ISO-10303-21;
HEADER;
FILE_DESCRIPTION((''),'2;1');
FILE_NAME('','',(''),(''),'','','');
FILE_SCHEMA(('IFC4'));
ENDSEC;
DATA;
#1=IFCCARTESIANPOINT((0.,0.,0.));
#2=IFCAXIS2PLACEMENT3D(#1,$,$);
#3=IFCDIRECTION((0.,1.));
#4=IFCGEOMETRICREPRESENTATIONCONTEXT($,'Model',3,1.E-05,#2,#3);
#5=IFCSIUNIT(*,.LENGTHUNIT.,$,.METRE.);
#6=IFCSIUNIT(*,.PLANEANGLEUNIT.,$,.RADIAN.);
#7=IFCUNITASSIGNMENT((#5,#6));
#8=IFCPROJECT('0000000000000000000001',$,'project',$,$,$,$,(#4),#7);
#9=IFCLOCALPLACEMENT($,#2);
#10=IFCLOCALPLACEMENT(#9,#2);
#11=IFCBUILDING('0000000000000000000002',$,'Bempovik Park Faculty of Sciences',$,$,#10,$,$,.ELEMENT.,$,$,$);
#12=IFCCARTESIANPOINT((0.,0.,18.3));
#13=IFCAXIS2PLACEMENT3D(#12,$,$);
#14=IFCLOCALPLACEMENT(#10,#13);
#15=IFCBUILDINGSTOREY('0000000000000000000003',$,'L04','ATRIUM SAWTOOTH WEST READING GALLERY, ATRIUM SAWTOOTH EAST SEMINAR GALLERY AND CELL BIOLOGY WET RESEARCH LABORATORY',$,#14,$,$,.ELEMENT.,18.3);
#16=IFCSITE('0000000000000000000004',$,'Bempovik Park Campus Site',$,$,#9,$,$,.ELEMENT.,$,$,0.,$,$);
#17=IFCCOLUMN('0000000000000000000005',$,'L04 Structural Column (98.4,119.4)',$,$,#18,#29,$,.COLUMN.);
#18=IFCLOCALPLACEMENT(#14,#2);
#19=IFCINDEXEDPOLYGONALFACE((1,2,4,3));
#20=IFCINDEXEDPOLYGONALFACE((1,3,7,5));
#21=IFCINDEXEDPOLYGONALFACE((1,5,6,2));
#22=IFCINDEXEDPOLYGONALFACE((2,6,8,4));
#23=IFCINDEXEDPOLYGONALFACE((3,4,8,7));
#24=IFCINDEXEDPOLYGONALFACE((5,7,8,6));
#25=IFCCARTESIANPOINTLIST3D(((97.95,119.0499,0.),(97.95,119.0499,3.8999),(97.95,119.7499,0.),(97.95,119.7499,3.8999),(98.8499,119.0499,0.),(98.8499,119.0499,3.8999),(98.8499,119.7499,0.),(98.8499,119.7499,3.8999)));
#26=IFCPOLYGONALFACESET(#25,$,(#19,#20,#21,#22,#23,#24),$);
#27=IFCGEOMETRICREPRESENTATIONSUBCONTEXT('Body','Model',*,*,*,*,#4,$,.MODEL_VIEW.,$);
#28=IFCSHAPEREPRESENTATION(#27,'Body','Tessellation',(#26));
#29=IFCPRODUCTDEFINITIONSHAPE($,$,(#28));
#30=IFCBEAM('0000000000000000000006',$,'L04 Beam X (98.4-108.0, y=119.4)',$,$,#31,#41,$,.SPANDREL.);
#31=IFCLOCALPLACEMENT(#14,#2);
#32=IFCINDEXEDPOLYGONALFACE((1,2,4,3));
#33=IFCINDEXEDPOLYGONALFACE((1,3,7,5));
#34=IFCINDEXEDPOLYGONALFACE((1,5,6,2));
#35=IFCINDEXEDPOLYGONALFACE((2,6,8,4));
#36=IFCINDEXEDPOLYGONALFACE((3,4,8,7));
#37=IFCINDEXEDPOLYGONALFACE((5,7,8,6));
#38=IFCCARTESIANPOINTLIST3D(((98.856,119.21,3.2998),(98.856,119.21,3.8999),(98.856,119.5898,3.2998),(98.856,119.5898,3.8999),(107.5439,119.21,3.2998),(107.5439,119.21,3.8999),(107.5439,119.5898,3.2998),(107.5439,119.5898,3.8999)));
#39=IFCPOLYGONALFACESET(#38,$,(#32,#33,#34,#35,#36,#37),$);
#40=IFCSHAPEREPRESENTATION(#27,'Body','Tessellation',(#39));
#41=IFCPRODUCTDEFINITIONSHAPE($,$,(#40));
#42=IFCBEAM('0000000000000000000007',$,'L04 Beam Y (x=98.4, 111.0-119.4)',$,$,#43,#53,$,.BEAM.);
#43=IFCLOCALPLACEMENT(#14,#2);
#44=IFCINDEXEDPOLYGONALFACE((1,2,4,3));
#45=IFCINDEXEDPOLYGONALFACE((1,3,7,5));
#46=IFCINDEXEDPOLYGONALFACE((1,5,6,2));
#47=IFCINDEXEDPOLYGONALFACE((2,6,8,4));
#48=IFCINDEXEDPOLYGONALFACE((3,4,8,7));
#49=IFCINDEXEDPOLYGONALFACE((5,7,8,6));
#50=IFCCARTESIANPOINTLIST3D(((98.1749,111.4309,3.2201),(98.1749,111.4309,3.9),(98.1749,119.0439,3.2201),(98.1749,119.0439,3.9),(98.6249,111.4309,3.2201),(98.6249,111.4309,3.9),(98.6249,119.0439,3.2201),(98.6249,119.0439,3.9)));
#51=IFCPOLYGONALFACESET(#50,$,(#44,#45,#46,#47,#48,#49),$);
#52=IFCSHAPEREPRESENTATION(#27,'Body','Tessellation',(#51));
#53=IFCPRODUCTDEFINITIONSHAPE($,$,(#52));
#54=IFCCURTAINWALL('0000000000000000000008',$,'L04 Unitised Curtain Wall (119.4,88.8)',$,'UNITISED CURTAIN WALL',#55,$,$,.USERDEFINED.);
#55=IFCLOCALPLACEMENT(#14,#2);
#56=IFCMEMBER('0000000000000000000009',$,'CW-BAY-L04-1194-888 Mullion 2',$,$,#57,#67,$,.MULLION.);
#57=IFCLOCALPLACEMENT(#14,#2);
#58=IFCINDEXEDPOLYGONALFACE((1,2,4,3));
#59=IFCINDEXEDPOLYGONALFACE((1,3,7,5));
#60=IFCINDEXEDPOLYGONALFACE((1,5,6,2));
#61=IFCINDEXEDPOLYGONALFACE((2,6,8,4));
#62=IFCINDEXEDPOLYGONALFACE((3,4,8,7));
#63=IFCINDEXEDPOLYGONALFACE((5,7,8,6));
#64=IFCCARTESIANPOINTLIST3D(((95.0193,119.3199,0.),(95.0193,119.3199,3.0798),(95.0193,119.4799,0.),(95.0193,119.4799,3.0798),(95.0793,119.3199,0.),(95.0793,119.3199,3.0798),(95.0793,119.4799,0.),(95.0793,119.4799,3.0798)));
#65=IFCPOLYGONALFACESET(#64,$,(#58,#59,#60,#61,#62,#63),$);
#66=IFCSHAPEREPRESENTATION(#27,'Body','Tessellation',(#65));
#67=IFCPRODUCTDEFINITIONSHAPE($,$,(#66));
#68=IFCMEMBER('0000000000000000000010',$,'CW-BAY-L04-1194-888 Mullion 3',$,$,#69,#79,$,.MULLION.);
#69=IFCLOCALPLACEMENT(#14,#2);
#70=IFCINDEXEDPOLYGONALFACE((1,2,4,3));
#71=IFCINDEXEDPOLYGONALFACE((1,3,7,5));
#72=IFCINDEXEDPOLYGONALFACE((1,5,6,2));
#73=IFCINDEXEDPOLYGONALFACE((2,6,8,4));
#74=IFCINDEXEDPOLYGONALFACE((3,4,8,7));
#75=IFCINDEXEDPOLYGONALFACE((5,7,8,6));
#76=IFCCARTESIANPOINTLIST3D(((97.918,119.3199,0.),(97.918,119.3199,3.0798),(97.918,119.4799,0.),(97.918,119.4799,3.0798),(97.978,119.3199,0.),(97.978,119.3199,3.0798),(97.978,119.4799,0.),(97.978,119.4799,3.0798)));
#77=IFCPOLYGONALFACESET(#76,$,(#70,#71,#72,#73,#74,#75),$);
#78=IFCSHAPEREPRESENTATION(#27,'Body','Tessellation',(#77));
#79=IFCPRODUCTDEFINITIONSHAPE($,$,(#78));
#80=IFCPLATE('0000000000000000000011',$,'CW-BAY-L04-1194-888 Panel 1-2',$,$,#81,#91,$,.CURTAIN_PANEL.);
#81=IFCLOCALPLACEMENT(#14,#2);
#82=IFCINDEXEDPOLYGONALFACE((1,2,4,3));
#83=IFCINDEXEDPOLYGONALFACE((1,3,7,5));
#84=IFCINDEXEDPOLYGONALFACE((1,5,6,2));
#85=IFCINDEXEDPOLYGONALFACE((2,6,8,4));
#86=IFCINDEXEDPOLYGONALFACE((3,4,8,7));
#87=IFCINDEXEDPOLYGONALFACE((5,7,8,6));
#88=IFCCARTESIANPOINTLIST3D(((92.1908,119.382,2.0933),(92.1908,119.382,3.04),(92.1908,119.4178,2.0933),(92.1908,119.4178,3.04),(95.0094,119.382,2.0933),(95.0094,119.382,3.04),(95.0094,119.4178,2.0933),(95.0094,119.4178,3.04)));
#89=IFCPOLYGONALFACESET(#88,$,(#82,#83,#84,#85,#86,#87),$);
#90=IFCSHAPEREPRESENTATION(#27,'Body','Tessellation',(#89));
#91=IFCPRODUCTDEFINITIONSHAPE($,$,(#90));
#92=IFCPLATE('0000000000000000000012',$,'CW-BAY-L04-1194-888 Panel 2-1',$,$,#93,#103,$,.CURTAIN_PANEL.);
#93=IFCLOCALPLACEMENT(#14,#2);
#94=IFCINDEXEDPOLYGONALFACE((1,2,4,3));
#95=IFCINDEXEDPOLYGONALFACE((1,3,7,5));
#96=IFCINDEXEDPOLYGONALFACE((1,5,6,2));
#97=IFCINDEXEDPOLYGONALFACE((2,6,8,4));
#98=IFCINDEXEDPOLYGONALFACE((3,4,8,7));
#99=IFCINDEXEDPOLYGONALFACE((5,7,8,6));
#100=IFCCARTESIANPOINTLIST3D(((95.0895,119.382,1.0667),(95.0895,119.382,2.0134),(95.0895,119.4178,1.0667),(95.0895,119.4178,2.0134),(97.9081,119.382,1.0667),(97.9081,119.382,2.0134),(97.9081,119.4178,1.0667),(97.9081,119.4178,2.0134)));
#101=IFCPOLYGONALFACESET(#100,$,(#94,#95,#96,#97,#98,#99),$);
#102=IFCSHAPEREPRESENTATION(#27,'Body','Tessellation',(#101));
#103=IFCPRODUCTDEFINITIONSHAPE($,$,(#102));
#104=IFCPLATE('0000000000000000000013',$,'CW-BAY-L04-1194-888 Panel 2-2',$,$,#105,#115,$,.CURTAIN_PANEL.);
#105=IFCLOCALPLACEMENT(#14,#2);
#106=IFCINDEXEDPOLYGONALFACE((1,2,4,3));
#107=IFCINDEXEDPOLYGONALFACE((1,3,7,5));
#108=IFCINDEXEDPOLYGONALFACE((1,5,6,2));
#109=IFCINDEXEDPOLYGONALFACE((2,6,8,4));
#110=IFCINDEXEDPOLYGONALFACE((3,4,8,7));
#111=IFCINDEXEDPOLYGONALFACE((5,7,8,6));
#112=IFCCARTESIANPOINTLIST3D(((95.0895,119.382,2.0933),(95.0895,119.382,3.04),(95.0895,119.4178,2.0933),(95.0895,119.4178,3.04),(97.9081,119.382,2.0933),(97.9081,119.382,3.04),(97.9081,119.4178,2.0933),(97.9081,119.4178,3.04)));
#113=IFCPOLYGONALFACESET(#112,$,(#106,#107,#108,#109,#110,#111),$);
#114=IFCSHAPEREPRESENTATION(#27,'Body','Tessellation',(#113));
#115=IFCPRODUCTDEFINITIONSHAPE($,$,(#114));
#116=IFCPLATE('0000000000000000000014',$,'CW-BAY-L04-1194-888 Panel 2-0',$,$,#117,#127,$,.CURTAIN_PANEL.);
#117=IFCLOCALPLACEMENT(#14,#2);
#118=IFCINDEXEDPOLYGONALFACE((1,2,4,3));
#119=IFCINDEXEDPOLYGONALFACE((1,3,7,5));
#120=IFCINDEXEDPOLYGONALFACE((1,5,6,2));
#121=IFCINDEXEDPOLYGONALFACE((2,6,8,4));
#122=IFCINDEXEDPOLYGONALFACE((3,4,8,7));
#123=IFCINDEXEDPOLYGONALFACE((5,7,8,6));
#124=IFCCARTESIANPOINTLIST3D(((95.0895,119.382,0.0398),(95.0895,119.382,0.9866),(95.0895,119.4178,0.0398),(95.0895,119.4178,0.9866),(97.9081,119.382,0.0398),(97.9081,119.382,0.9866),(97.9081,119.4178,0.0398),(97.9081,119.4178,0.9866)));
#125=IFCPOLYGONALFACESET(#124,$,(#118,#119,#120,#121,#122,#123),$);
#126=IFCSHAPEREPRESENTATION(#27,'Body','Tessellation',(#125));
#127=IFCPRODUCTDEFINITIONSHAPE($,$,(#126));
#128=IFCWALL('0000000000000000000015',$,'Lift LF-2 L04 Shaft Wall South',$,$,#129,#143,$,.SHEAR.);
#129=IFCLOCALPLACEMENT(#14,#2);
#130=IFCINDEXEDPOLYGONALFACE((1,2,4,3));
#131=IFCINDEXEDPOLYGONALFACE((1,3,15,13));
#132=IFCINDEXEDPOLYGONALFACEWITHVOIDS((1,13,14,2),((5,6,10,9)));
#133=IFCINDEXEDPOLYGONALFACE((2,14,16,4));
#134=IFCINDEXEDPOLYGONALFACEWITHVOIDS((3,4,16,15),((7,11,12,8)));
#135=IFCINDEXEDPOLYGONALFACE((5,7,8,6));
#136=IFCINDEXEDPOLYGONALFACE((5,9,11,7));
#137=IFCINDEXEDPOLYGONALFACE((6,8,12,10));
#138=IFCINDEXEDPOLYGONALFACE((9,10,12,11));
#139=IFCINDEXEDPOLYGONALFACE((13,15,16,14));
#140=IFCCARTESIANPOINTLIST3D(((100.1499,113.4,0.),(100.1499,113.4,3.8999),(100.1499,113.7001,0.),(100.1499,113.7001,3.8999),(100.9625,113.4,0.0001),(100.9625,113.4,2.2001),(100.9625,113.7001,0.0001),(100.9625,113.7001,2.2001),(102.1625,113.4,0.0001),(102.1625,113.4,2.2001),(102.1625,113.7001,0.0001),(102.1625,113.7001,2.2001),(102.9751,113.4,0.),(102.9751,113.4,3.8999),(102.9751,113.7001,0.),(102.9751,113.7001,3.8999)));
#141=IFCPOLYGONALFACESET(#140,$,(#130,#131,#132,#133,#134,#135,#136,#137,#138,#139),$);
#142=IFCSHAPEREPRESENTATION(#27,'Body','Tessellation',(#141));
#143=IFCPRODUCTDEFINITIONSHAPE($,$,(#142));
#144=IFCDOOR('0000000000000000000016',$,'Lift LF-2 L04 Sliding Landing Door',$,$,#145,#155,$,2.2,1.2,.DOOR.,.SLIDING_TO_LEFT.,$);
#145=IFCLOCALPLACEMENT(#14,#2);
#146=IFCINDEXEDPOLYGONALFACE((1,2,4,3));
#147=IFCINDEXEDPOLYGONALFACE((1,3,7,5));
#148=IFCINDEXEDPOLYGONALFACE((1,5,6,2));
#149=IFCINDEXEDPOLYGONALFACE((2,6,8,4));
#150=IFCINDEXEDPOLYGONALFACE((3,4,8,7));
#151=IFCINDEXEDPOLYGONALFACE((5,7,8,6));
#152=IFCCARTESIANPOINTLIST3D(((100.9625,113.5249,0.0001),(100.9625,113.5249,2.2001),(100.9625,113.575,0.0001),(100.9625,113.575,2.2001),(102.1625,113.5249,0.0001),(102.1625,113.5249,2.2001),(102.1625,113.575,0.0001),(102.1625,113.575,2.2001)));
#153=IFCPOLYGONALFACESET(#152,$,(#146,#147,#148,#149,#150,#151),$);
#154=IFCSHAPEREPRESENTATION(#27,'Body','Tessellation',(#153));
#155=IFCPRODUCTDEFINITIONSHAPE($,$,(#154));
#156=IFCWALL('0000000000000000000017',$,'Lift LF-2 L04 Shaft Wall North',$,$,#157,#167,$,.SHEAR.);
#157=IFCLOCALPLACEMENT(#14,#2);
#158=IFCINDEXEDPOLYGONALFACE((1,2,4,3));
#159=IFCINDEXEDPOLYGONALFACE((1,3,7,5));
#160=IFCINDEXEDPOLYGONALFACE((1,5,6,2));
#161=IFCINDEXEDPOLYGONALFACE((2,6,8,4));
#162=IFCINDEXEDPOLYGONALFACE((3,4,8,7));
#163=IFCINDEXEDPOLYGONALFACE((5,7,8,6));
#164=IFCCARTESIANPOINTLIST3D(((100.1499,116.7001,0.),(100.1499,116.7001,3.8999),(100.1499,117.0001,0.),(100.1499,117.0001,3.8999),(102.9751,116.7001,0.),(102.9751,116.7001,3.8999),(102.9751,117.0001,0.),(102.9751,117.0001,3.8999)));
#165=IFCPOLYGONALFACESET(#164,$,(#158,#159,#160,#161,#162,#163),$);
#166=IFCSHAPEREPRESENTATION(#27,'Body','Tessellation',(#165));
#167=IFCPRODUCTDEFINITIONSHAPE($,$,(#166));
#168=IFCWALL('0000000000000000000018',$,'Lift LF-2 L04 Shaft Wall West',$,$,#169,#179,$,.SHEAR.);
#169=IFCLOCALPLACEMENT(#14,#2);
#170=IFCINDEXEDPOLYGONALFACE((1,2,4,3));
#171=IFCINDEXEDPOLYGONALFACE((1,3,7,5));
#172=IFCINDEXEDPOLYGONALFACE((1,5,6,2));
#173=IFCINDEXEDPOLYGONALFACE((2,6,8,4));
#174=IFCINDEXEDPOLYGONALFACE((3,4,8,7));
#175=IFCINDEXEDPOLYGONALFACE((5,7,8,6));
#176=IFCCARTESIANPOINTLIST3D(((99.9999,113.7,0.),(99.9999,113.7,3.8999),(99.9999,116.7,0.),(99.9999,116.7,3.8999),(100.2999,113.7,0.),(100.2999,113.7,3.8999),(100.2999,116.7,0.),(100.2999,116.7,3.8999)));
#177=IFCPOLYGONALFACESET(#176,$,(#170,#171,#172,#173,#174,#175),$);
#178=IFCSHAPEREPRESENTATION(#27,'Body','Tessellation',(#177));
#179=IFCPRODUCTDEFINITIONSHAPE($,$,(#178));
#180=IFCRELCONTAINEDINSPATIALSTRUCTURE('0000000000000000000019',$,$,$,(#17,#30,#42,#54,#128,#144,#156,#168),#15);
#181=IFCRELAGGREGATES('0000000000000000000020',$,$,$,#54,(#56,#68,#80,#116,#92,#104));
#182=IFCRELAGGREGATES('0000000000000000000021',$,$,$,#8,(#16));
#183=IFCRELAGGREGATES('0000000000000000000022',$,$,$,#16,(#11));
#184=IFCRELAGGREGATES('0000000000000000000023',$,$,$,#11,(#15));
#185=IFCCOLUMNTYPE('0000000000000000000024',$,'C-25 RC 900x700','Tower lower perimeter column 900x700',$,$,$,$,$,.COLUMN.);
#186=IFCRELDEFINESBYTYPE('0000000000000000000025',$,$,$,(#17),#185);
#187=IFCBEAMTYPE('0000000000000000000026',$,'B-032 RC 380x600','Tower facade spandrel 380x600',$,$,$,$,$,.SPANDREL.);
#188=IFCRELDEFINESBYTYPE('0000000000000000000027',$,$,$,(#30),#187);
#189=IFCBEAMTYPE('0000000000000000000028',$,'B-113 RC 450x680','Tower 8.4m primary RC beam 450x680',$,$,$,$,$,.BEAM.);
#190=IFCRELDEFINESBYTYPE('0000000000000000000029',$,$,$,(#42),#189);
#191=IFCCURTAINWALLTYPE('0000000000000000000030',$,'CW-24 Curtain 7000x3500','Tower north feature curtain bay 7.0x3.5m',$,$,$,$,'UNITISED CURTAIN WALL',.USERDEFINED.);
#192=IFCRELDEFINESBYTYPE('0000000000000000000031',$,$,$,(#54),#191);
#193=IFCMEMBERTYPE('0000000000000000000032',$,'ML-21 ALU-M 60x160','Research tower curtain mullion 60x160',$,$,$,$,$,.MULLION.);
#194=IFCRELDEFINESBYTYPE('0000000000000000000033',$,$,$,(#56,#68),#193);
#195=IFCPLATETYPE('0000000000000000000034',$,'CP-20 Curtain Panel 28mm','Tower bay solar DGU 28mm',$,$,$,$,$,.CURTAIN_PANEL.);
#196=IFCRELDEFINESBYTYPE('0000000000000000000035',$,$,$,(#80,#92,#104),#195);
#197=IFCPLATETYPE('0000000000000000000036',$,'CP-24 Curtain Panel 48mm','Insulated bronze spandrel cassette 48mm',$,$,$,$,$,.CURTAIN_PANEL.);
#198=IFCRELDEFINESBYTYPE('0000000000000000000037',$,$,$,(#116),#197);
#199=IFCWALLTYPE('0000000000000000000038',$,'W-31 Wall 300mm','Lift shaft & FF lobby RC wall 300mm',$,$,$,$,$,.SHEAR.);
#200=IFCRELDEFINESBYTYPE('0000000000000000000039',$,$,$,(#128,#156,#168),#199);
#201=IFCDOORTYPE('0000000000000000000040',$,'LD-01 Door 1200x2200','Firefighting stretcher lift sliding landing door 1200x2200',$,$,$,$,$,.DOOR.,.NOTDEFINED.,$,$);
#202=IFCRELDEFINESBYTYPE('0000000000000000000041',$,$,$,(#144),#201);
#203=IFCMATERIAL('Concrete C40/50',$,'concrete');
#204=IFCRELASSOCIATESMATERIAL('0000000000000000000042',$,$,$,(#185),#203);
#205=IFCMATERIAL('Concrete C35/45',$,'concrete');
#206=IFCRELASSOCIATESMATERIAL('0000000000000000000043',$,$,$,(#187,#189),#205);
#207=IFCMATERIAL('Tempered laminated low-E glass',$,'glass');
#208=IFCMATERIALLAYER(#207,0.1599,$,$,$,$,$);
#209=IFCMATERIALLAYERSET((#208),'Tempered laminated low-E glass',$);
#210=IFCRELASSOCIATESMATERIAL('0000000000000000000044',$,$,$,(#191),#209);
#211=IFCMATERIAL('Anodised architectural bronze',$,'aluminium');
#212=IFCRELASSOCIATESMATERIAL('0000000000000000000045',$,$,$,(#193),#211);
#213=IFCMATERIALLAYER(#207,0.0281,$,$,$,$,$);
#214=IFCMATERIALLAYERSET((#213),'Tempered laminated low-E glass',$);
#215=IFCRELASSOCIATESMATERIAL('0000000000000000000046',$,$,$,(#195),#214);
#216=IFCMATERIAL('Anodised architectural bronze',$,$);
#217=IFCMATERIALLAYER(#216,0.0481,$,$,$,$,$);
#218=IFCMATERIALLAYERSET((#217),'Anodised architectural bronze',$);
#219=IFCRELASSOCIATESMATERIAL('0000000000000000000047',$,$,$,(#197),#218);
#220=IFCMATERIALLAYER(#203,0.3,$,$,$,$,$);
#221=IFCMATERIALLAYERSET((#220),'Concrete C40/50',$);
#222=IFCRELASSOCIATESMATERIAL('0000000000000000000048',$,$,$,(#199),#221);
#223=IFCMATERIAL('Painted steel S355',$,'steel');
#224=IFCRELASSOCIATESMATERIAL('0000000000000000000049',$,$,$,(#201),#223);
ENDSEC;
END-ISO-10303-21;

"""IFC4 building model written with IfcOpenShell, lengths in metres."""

from ifc_helpers import new_model, si_unit, direction, frame, frame_2d, origin, origin_2d, place, context, subcontext, project, spatial, rectangle, extrude, material, layer, layer_set, material_profile, profile_set, type_object, element, fill, aggregate, save


model = new_model("IFC4")

# Units and contexts
model_context = context("Model", 3, precision=1e-05, world=origin(), true_north=direction((0.0, 1.0)))
body_context = subcontext(model_context, "Body", "Model", "MODEL_VIEW")
ifc_project = project(units=[si_unit("LENGTHUNIT", "METRE"), si_unit("PLANEANGLEUNIT", "RADIAN")], contexts=[model_context])

# Site, building, storey
site_placement = place(None, origin())
site = spatial("IfcSite", under=ifc_project, at=site_placement, Name="Bempovik Park Campus Site", CompositionType="ELEMENT", RefElevation=0.0)
building_placement = place(site_placement, origin())
building = spatial("IfcBuilding", under=site, at=building_placement, Name="Bempovik Park Faculty of Sciences", CompositionType="ELEMENT")
storey_placement = place(building_placement, frame((0.0, 0.0, 18.3)))
storey = spatial("IfcBuildingStorey", under=building, at=storey_placement, Name="L04", Description="ATRIUM SAWTOOTH WEST READING GALLERY, ATRIUM SAWTOOTH EAST SEMINAR GALLERY AND CELL BIOLOGY WET RESEARCH LABORATORY", CompositionType="ELEMENT", Elevation=18.3)

# Column
ifc_material_1 = material(Name="Concrete C40/50", Category="concrete")
ifc_material_profile_1 = material_profile(ifc_material_1, rectangle(XDim=0.8999, YDim=0.7, at=origin_2d()), Name="RC 900x700")
ifc_profile_set_1 = profile_set([ifc_material_profile_1], Name="Concrete C40/50")
column_type = type_object("IfcColumnType", Name="C-25 RC 900x700", Description="Tower lower perimeter column 900x700", PredefinedType="COLUMN", material=ifc_profile_set_1)
column_placement = place(storey_placement, frame((98.3999, 119.3999, 0.0), z_axis=(0.0, 0.0, 1.0), x_axis=(1.0, 0.0, 0.0)))
element("IfcColumn", 1, at=column_placement, inside=storey, type_object=column_type, Name="L04 Structural Column (98.4,119.4)", PredefinedType="COLUMN", context=body_context, shape_type="SweptSolid", body=[
    extrude(rectangle(XDim=0.8999, YDim=0.7, at=origin_2d()), origin(), (0.0, 0.0, 1.0), 3.8999),
])

# Beams
ifc_material_2 = material(Name="Concrete C35/45", Category="concrete")
ifc_material_profile_2 = material_profile(ifc_material_2, rectangle(XDim=0.3799, YDim=0.6001, at=origin_2d()), Name="RC 380x600")
ifc_profile_set_2 = profile_set([ifc_material_profile_2], Name="Concrete C35/45")
beam_type_1 = type_object("IfcBeamType", Name="B-032 RC 380x600", Description="Tower facade spandrel 380x600", PredefinedType="SPANDREL", material=ifc_profile_set_2)
beam_1_placement = place(storey_placement, frame((98.856, 119.3999, 3.5999), z_axis=(1.0, 0.0, 0.0), x_axis=(0.0, 1.0, 0.0)))
element("IfcBeam", 2, at=beam_1_placement, inside=storey, type_object=beam_type_1, Name="L04 Beam X (98.4-108.0, y=119.4)", PredefinedType="SPANDREL", context=body_context, shape_type="SweptSolid", body=[
    extrude(rectangle(XDim=0.3799, YDim=0.6001, at=origin_2d()), origin(), (0.0, 0.0, 1.0), 8.688),
])
ifc_material_profile_3 = material_profile(ifc_material_2, rectangle(XDim=0.45, YDim=0.6799, at=origin_2d()), Name="RC 450x680")
ifc_profile_set_3 = profile_set([ifc_material_profile_3], Name="Concrete C35/45")
beam_type_2 = type_object("IfcBeamType", Name="B-113 RC 450x680", Description="Tower 8.4m primary RC beam 450x680", PredefinedType="BEAM", material=ifc_profile_set_3)
beam_2_placement = place(storey_placement, frame((98.3999, 111.4309, 3.5601), z_axis=(0.0, 1.0, 0.0), x_axis=(-1.0, 0.0, 0.0)))
element("IfcBeam", 3, at=beam_2_placement, inside=storey, type_object=beam_type_2, Name="L04 Beam Y (x=98.4, 111.0-119.4)", PredefinedType="BEAM", context=body_context, shape_type="SweptSolid", body=[
    extrude(rectangle(XDim=0.45, YDim=0.6799, at=origin_2d()), origin(), (0.0, 0.0, 1.0), 7.613),
])

# Curtain wall, members, plates
ifc_material_3 = material(Name="Tempered laminated low-E glass", Category="glass")
ifc_layer_1 = layer(ifc_material_3, 0.1599)
ifc_layer_set_1 = layer_set([ifc_layer_1], Name="Tempered laminated low-E glass")
curtain_wall_type = type_object("IfcCurtainWallType", Name="CW-24 Curtain 7000x3500", Description="Tower north feature curtain bay 7.0x3.5m", ElementType="UNITISED CURTAIN WALL", PredefinedType="USERDEFINED", material=ifc_layer_set_1)
curtain_wall_placement = place(storey_placement, origin())
curtain_wall = element("IfcCurtainWall", 4, at=curtain_wall_placement, inside=storey, type_object=curtain_wall_type, Name="L04 Unitised Curtain Wall (119.4,88.8)", ObjectType="UNITISED CURTAIN WALL", PredefinedType="USERDEFINED")
ifc_material_4 = material(Name="Anodised architectural bronze", Category="aluminium")
ifc_material_profile_4 = material_profile(ifc_material_4, rectangle(XDim=0.0601, YDim=0.1599, at=origin_2d()), Name="ALU-M 60x160")
ifc_profile_set_4 = profile_set([ifc_material_profile_4], Name="Anodised architectural bronze")
member_type = type_object("IfcMemberType", Name="ML-21 ALU-M 60x160", Description="Research tower curtain mullion 60x160", PredefinedType="MULLION", material=ifc_profile_set_4)
member_1_placement = place(storey_placement, frame((95.0493, 119.3999, 0.0), z_axis=(0.0, 0.0, 1.0), x_axis=(1.0, 0.0, 0.0)))
member_1 = element("IfcMember", 5, at=member_1_placement, type_object=member_type, Name="CW-BAY-L04-1194-888 Mullion 2", PredefinedType="MULLION", context=body_context, shape_type="SweptSolid", body=[
    extrude(rectangle(XDim=0.0601, YDim=0.1599, at=origin_2d()), origin(), (0.0, 0.0, 1.0), 3.0798),
])
member_2_placement = place(storey_placement, frame((97.948, 119.3999, 0.0), z_axis=(0.0, 0.0, 1.0), x_axis=(1.0, 0.0, 0.0)))
member_2 = element("IfcMember", 6, at=member_2_placement, type_object=member_type, Name="CW-BAY-L04-1194-888 Mullion 3", PredefinedType="MULLION", context=body_context, shape_type="SweptSolid", body=[
    extrude(rectangle(XDim=0.0601, YDim=0.1599, at=origin_2d()), origin(), (0.0, 0.0, 1.0), 3.0798),
])
ifc_layer_2 = layer(ifc_material_3, 0.0281)
ifc_layer_set_2 = layer_set([ifc_layer_2], Name="Tempered laminated low-E glass")
plate_type_1 = type_object("IfcPlateType", Name="CP-20 Curtain Panel 28mm", Description="Tower bay solar DGU 28mm", PredefinedType="CURTAIN_PANEL", material=ifc_layer_set_2)
plate_1_placement = place(storey_placement, frame((93.6001, 119.3999, 2.0933), z_axis=(0.0, 0.0, 1.0), x_axis=(1.0, 0.0, 0.0)))
plate_1 = element("IfcPlate", 7, at=plate_1_placement, type_object=plate_type_1, Name="CW-BAY-L04-1194-888 Panel 1-2", PredefinedType="CURTAIN_PANEL", context=body_context, shape_type="SweptSolid", body=[
    extrude(rectangle(XDim=2.8186, YDim=0.0359, at=origin_2d()), origin(), (0.0, 0.0, 1.0), 0.9468),
])
plate_2_placement = place(storey_placement, frame((96.4988, 119.3999, 1.0667), z_axis=(0.0, 0.0, 1.0), x_axis=(1.0, 0.0, 0.0)))
plate_2 = element("IfcPlate", 8, at=plate_2_placement, type_object=plate_type_1, Name="CW-BAY-L04-1194-888 Panel 2-1", PredefinedType="CURTAIN_PANEL", context=body_context, shape_type="SweptSolid", body=[
    extrude(rectangle(XDim=2.8186, YDim=0.0359, at=origin_2d()), origin(), (0.0, 0.0, 1.0), 0.9468),
])
plate_3_placement = place(storey_placement, frame((96.4988, 119.3999, 2.0933), z_axis=(0.0, 0.0, 1.0), x_axis=(1.0, 0.0, 0.0)))
plate_3 = element("IfcPlate", 9, at=plate_3_placement, type_object=plate_type_1, Name="CW-BAY-L04-1194-888 Panel 2-2", PredefinedType="CURTAIN_PANEL", context=body_context, shape_type="SweptSolid", body=[
    extrude(rectangle(XDim=2.8186, YDim=0.0359, at=origin_2d()), origin(), (0.0, 0.0, 1.0), 0.9468),
])
ifc_material_5 = material(Name="Anodised architectural bronze")
ifc_layer_3 = layer(ifc_material_5, 0.0481)
ifc_layer_set_3 = layer_set([ifc_layer_3], Name="Anodised architectural bronze")
plate_type_2 = type_object("IfcPlateType", Name="CP-24 Curtain Panel 48mm", Description="Insulated bronze spandrel cassette 48mm", PredefinedType="CURTAIN_PANEL", material=ifc_layer_set_3)
plate_4_placement = place(storey_placement, frame((96.4988, 119.3999, 0.0398), z_axis=(0.0, 0.0, 1.0), x_axis=(1.0, 0.0, 0.0)))
plate_4 = element("IfcPlate", 10, at=plate_4_placement, type_object=plate_type_2, Name="CW-BAY-L04-1194-888 Panel 2-0", PredefinedType="CURTAIN_PANEL", context=body_context, shape_type="SweptSolid", body=[
    extrude(rectangle(XDim=2.8186, YDim=0.0359, at=origin_2d()), origin(), (0.0, 0.0, 1.0), 0.9468),
])
aggregate(curtain_wall, [member_1, member_2, plate_1, plate_4, plate_2, plate_3])

# Wall, opening, door
ifc_layer_4 = layer(ifc_material_1, 0.3)
ifc_layer_set_4 = layer_set([ifc_layer_4], Name="Concrete C40/50")
wall_type_1 = type_object("IfcWallType", Name="W-31 Wall 300mm", Description="Lift shaft & FF lobby RC wall 300mm", PredefinedType="SHEAR", material=ifc_layer_set_4)
wall_1_placement = place(storey_placement, frame((100.1499, 113.55, 0.0), z_axis=(0.0, 0.0, 1.0), x_axis=(1.0, 0.0, 0.0)))
wall_1 = element("IfcWall", 11, at=wall_1_placement, inside=storey, type_object=wall_type_1, Name="Lift LF-2 L04 Shaft Wall South", PredefinedType="SHEAR", context=body_context, shape_type="SweptSolid", body=[
    extrude(rectangle(XDim=2.8252, YDim=0.3, at=frame_2d((1.4126, 0.0))), origin(), (0.0, 0.0, 1.0), 3.8999),
])
opening_1_placement = place(wall_1_placement, frame((0.8125, 0.0, 0.0)))
opening_1 = element("IfcOpeningElement", 12, at=opening_1_placement, cuts=wall_1, PredefinedType="OPENING", context=body_context, shape_type="SweptSolid", body=[
    extrude(rectangle(XDim=1.2, YDim=2.2, at=frame_2d((0.6001, 1.1001))), frame((0.0, 0.1602, 0.0), z_axis=(0.0, -1.0, 0.0), x_axis=(1.0, 0.0, 0.0)), (0.0, 0.0, 1.0), 0.3201),
])
ifc_material_6 = material(Name="Painted steel S355", Category="steel")
door_type = type_object("IfcDoorType", Name="LD-01 Door 1200x2200", Description="Firefighting stretcher lift sliding landing door 1200x2200", OperationType="NOTDEFINED", PredefinedType="DOOR", material=ifc_material_6)
door_placement = place(opening_1_placement, origin())
door = element("IfcDoor", 13, at=door_placement, inside=storey, type_object=door_type, Name="Lift LF-2 L04 Sliding Landing Door", OperationType="SLIDING_TO_LEFT", OverallHeight=2.2, OverallWidth=1.2, PredefinedType="DOOR", context=body_context, shape_type="SweptSolid", body=[
    extrude(rectangle(XDim=1.2, YDim=2.2, at=frame_2d((0.6001, 1.1001))), frame((0.0, 0.0249, 0.0), z_axis=(0.0, -1.0, 0.0), x_axis=(1.0, 0.0, 0.0)), (0.0, 0.0, 1.0), 0.05),
])
fill(opening_1, door)

# Walls
wall_2_placement = place(storey_placement, frame((100.1499, 116.8501, 0.0), z_axis=(0.0, 0.0, 1.0), x_axis=(1.0, 0.0, 0.0)))
element("IfcWall", 14, at=wall_2_placement, inside=storey, type_object=wall_type_1, Name="Lift LF-2 L04 Shaft Wall North", PredefinedType="SHEAR", context=body_context, shape_type="SweptSolid", body=[
    extrude(rectangle(XDim=2.8252, YDim=0.3, at=frame_2d((1.4126, 0.0))), origin(), (0.0, 0.0, 1.0), 3.8999),
])
for number, where, z_axis, x_axis, name in (
    (15, (100.1499, 113.7, 0.0), (0.0, 0.0, 1.0), (0.0, 1.0, 0.0), "Lift LF-2 L04 Shaft Wall West"),
):
    element("IfcWall", number, at=place(storey_placement, frame(where, z_axis=z_axis, x_axis=x_axis)), inside=storey, type_object=wall_type_1, Name=name, PredefinedType="SHEAR", context=body_context, shape_type="SweptSolid", body=[
        extrude(rectangle(XDim=3.0, YDim=0.3, at=frame_2d((1.5, 0.0))), origin(), (0.0, 0.0, 1.0), 3.8999),
    ])

save(model, "model.ifc")
